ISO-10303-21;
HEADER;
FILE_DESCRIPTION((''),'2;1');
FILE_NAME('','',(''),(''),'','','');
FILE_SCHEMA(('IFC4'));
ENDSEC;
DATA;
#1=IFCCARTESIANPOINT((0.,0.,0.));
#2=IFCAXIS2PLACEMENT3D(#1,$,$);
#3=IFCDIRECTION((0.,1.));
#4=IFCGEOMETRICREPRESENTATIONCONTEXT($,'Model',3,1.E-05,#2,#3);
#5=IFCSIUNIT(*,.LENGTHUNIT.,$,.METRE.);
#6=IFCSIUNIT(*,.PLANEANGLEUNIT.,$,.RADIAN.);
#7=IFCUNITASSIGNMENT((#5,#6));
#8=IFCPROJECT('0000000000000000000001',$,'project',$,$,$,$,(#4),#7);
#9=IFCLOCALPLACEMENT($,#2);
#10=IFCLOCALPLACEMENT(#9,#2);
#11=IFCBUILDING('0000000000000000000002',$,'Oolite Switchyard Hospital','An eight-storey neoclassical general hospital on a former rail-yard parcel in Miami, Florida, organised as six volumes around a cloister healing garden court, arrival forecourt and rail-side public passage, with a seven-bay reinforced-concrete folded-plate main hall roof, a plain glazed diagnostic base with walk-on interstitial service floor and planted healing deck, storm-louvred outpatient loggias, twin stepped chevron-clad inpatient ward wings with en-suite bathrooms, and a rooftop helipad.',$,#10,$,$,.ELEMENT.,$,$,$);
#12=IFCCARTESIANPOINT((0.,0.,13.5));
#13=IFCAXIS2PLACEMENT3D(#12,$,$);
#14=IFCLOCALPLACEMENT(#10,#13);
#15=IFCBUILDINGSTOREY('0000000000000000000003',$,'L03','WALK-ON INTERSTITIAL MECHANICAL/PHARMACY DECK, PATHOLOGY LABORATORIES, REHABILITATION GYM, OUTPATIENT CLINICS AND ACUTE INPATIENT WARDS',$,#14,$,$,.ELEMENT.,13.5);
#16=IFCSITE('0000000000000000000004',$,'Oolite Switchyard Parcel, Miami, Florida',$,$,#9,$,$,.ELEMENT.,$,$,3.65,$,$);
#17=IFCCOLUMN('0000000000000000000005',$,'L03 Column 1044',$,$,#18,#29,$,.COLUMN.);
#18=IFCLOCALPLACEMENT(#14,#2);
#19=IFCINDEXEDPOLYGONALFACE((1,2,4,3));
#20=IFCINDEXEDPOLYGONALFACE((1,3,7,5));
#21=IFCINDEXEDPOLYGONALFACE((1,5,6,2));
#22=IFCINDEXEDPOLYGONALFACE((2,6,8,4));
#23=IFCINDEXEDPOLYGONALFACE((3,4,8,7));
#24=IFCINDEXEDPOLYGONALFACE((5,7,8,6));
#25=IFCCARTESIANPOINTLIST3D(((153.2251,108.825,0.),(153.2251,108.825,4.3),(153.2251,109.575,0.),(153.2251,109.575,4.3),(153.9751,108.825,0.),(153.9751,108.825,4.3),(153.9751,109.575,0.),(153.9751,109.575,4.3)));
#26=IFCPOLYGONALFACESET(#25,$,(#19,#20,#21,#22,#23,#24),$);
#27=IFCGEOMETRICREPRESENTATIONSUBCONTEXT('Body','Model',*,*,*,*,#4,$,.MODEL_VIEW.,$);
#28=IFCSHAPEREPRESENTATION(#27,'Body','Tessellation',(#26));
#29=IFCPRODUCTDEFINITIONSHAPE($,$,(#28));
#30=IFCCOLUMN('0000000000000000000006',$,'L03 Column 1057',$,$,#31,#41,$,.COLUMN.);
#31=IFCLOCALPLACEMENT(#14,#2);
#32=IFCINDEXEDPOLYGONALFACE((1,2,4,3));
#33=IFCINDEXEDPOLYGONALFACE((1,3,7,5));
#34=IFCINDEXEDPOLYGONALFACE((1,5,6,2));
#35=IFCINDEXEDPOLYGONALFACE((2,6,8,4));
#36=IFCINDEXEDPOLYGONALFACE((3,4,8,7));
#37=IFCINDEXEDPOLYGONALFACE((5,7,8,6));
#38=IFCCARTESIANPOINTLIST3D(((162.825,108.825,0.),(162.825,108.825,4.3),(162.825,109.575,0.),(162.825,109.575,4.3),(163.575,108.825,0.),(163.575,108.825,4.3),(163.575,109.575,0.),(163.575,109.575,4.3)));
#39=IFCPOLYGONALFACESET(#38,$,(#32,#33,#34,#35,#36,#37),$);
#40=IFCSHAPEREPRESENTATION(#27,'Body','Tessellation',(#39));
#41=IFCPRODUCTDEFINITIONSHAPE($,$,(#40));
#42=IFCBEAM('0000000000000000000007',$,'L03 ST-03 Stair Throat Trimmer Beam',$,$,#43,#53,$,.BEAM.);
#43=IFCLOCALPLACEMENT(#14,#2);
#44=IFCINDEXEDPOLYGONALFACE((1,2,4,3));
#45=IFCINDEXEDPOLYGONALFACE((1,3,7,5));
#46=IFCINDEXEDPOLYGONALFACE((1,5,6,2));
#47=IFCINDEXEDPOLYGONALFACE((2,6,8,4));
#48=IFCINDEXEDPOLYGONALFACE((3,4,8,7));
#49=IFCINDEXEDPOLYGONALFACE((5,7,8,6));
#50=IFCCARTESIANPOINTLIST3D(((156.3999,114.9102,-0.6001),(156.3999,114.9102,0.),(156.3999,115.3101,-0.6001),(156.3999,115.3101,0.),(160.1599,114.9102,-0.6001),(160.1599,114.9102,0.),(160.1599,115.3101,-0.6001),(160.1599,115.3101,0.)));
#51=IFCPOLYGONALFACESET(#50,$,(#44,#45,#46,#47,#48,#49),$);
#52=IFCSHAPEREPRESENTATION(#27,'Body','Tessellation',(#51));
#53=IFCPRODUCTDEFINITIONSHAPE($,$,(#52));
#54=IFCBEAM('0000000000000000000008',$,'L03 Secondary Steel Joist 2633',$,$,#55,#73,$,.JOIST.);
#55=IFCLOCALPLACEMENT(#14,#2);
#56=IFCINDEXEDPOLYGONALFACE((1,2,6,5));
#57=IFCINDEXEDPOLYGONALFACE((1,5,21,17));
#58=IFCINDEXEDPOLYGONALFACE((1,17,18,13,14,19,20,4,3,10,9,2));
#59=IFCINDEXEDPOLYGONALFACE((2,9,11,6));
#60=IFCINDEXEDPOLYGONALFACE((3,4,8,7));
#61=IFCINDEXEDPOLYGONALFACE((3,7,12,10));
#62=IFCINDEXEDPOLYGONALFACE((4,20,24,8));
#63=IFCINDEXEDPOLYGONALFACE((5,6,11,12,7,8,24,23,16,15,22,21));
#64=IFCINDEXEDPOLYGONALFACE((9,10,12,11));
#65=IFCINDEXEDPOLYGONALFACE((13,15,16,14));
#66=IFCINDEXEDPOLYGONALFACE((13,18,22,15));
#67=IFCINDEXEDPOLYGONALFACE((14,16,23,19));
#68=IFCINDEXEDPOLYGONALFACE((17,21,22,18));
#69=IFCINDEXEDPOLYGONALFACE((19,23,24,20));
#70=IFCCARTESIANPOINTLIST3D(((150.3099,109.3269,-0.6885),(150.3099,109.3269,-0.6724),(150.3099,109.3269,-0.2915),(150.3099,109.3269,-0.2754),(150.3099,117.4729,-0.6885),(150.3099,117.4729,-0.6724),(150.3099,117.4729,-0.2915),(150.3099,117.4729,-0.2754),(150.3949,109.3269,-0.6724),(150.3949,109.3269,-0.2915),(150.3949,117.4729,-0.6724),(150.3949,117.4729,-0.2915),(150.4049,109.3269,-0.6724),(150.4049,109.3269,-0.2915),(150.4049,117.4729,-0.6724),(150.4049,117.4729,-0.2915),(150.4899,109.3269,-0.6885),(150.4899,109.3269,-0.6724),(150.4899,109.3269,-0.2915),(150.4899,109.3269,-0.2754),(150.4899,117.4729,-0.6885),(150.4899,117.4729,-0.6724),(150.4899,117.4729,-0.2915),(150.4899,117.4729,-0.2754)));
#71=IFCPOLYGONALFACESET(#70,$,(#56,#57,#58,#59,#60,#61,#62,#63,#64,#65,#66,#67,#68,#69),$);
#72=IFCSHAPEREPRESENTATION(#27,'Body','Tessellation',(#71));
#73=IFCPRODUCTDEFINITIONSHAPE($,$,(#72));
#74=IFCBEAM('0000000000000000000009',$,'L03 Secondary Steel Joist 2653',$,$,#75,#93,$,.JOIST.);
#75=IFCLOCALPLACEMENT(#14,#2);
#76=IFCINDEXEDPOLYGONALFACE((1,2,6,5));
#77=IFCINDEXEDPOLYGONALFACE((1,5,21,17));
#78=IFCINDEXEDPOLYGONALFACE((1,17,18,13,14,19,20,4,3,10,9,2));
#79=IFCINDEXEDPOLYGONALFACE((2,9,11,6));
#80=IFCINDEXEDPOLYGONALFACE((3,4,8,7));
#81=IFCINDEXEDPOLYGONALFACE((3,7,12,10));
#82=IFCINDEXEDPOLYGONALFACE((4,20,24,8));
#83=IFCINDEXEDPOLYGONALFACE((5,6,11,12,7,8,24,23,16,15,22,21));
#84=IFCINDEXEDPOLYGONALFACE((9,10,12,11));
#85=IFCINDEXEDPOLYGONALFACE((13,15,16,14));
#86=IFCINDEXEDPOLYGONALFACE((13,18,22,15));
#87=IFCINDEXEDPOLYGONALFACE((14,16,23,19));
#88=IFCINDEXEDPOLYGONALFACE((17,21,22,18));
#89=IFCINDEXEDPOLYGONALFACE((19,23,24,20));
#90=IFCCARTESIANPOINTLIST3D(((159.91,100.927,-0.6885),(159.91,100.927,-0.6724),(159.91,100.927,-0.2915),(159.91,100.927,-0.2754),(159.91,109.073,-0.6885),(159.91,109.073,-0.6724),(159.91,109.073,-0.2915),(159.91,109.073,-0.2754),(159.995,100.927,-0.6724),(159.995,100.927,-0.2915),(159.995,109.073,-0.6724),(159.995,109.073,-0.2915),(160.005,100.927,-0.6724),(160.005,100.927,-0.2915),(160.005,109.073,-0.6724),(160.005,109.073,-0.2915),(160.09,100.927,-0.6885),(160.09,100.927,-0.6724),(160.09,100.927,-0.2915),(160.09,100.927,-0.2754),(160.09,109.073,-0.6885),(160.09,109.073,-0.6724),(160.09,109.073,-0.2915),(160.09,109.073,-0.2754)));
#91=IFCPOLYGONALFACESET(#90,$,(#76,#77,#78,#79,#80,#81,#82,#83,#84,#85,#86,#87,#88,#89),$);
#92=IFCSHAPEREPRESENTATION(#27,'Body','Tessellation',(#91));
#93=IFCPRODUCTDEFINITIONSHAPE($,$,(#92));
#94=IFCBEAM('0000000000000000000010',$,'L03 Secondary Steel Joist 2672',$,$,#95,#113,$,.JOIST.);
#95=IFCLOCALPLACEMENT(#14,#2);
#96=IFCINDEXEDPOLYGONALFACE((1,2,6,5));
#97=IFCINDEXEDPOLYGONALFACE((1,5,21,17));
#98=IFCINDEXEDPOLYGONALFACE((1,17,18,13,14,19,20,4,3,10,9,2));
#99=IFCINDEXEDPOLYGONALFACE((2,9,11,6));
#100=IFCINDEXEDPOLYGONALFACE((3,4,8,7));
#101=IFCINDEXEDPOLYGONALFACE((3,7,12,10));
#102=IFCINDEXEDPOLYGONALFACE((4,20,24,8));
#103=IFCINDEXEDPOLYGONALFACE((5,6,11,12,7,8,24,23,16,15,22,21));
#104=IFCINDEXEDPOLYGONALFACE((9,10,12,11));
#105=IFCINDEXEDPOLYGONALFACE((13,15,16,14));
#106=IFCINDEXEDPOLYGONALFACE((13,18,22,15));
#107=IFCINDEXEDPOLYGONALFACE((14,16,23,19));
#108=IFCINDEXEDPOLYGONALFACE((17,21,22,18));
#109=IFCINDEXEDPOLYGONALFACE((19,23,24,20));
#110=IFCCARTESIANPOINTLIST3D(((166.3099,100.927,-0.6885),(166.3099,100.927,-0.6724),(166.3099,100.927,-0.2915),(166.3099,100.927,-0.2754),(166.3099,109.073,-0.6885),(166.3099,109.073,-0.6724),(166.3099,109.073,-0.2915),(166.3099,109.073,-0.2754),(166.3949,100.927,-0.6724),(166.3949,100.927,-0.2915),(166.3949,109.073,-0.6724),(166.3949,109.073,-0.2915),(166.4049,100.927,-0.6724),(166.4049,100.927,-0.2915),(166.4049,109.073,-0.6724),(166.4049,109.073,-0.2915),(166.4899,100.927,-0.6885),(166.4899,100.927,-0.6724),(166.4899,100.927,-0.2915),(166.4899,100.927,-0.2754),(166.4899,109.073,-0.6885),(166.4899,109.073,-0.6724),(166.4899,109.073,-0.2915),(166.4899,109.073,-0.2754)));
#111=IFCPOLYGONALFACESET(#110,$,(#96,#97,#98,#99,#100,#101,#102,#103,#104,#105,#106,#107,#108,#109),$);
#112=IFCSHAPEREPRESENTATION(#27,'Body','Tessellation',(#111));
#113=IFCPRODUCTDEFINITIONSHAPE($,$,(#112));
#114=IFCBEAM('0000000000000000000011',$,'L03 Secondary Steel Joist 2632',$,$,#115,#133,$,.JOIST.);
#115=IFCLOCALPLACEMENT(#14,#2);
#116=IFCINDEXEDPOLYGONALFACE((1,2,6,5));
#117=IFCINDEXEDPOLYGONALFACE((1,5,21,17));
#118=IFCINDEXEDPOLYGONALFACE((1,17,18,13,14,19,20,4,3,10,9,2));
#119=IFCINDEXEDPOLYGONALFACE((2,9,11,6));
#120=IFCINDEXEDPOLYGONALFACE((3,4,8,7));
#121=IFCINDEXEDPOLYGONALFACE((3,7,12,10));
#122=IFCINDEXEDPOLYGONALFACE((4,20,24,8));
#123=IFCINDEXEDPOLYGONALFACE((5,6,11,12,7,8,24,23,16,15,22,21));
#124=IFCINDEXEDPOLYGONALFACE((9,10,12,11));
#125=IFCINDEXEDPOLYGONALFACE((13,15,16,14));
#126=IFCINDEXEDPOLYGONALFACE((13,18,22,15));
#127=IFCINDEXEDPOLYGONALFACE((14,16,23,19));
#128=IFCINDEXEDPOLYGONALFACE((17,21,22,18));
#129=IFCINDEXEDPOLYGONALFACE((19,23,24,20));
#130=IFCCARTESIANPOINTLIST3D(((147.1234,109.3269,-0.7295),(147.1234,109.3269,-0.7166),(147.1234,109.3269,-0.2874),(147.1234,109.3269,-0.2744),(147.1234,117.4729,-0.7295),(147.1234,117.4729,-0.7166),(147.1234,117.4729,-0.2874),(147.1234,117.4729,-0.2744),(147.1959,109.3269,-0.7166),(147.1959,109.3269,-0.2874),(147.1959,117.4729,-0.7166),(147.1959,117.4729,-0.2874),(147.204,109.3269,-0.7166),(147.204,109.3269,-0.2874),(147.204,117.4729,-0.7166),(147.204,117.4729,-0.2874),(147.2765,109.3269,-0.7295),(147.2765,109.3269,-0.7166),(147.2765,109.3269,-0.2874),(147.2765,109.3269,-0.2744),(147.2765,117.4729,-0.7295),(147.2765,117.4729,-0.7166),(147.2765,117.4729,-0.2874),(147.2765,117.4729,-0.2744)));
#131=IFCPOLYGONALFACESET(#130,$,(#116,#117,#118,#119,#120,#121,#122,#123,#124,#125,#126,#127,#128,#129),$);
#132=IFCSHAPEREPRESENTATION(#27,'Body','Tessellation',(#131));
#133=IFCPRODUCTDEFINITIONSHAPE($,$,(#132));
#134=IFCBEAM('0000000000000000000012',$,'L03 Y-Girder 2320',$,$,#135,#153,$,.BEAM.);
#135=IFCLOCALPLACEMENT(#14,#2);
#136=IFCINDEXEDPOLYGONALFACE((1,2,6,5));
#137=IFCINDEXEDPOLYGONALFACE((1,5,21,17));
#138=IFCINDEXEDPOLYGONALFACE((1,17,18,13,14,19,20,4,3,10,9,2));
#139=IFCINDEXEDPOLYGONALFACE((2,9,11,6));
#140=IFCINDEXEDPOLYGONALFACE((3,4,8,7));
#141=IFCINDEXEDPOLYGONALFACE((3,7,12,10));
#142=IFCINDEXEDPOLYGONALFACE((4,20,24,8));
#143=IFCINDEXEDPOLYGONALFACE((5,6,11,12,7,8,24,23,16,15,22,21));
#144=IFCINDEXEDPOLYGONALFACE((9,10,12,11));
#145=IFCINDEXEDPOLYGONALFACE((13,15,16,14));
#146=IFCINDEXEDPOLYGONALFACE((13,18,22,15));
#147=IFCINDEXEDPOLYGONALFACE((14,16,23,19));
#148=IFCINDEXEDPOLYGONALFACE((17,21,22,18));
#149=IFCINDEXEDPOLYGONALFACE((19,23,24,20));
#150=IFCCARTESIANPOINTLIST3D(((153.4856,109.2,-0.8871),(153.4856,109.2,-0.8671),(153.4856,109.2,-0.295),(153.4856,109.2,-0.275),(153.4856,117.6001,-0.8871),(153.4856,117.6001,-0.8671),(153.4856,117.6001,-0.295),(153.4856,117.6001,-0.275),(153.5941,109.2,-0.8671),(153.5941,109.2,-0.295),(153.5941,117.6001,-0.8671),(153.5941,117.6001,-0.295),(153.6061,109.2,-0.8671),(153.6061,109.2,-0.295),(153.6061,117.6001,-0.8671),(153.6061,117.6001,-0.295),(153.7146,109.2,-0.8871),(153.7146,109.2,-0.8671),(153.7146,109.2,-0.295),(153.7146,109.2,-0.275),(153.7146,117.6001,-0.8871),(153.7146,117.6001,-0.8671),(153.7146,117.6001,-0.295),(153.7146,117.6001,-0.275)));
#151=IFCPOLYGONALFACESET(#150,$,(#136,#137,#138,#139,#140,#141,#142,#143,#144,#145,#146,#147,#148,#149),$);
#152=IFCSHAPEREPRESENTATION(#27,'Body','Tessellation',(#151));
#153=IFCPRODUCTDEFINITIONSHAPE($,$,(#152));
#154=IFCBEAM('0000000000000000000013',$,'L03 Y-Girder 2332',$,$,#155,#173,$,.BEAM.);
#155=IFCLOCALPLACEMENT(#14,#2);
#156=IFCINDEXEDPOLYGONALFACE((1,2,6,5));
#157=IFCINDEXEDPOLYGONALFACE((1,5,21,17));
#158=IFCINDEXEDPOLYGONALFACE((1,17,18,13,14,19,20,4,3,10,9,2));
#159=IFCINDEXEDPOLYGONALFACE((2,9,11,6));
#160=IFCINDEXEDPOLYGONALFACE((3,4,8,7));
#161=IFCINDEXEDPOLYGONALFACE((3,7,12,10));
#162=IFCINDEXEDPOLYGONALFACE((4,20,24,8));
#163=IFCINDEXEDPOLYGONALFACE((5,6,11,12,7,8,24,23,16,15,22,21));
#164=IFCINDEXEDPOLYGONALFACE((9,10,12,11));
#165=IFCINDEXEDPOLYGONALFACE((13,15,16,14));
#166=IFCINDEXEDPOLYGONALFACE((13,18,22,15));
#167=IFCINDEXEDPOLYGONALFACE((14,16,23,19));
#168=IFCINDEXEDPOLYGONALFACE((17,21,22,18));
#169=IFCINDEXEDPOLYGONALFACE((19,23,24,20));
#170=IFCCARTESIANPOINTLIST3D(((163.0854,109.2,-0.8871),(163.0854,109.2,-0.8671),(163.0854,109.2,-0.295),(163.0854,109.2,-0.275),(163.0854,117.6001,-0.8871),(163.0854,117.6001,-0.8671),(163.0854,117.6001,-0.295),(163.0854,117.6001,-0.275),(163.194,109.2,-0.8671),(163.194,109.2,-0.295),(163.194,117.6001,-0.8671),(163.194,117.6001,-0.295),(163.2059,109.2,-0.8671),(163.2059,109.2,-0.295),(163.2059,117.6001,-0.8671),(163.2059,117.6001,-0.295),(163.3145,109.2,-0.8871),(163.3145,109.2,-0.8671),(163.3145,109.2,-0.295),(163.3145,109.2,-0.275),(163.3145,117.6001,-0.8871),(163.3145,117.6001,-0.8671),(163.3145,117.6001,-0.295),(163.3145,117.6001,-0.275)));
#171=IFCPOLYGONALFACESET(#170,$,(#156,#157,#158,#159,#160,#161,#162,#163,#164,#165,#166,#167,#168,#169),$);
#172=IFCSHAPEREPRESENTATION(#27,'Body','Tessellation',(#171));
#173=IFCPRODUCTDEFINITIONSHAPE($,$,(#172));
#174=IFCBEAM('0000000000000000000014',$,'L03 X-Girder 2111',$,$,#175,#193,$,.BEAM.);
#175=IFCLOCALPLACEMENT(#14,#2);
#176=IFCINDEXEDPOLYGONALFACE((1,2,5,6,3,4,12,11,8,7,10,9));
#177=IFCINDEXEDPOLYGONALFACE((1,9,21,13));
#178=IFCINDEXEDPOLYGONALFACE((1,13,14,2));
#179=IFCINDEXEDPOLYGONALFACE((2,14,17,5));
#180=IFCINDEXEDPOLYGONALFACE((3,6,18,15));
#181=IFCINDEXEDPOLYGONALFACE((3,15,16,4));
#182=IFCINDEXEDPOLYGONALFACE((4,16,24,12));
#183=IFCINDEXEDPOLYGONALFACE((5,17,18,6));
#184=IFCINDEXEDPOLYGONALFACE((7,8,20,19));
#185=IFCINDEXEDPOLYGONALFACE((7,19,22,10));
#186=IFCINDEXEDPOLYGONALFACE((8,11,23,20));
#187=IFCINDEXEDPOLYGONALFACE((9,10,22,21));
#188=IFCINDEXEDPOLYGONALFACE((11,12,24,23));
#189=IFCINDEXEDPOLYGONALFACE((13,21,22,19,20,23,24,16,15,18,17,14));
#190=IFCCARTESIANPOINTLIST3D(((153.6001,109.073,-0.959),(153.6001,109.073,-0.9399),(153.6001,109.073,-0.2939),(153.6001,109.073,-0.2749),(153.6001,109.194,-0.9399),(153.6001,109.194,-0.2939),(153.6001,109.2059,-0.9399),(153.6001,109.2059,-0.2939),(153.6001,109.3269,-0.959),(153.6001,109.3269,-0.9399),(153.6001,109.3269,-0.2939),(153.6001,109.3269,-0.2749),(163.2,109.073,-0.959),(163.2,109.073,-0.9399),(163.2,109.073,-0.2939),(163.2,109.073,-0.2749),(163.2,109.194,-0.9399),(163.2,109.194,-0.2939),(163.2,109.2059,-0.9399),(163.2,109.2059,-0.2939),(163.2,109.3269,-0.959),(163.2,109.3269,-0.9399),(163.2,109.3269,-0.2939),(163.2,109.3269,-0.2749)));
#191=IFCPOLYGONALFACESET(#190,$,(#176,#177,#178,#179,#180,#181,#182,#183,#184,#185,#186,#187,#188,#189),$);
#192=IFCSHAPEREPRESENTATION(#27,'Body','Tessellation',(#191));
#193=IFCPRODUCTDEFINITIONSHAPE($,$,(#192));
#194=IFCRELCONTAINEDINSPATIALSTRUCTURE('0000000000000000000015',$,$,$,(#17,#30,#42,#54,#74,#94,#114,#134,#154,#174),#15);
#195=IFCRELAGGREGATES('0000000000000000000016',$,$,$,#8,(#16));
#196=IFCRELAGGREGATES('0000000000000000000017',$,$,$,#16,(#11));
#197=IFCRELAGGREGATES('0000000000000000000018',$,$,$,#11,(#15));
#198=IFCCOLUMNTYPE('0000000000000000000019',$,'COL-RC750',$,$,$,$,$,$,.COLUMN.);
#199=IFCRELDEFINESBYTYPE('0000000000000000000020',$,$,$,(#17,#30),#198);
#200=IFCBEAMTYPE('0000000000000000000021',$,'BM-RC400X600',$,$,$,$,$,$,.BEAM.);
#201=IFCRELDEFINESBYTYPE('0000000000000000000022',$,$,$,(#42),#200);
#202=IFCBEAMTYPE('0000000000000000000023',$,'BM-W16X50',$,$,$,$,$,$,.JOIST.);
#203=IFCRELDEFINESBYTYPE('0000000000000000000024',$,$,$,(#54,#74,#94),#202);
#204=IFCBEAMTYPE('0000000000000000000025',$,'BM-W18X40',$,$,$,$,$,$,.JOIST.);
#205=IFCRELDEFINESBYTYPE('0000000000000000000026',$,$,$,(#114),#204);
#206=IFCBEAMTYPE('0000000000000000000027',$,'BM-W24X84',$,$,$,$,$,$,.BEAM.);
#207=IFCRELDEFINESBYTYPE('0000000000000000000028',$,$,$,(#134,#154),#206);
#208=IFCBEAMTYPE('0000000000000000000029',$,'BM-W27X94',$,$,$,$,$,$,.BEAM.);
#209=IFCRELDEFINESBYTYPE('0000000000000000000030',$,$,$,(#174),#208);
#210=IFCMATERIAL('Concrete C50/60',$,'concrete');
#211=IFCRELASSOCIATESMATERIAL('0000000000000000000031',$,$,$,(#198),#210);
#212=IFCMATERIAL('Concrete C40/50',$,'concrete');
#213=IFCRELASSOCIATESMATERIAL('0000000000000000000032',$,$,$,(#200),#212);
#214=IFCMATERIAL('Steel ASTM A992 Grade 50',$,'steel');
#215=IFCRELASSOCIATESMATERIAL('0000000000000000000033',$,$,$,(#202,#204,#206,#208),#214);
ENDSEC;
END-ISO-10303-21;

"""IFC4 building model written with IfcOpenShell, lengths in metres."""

from ifc_helpers import new_model, si_unit, direction, frame, origin, origin_2d, place, context, subcontext, project, spatial, rectangle, i_section, extrude, material, material_profile, profile_set, type_object, element, save


model = new_model("IFC4")

# Units and contexts
model_context = context("Model", 3, precision=1e-05, world=origin(), true_north=direction((0.0, 1.0)))
body_context = subcontext(model_context, "Body", "Model", "MODEL_VIEW")
ifc_project = project(units=[si_unit("LENGTHUNIT", "METRE"), si_unit("PLANEANGLEUNIT", "RADIAN")], contexts=[model_context])

# Site, building, storey
site_placement = place(None, origin())
site = spatial("IfcSite", under=ifc_project, at=site_placement, Name="Oolite Switchyard Parcel, Miami, Florida", CompositionType="ELEMENT", RefElevation=3.65)
building_placement = place(site_placement, origin())
building = spatial("IfcBuilding", under=site, at=building_placement, Name="Oolite Switchyard Hospital", Description="An eight-storey neoclassical general hospital on a former rail-yard parcel in Miami, Florida, organised as six volumes around a cloister healing garden court, arrival forecourt and rail-side public passage, with a seven-bay reinforced-concrete folded-plate main hall roof, a plain glazed diagnostic base with walk-on interstitial service floor and planted healing deck, storm-louvred outpatient loggias, twin stepped chevron-clad inpatient ward wings with en-suite bathrooms, and a rooftop helipad.", CompositionType="ELEMENT")
storey_placement = place(building_placement, frame((0.0, 0.0, 13.5)))
storey = spatial("IfcBuildingStorey", under=building, at=storey_placement, Name="L03", Description="WALK-ON INTERSTITIAL MECHANICAL/PHARMACY DECK, PATHOLOGY LABORATORIES, REHABILITATION GYM, OUTPATIENT CLINICS AND ACUTE INPATIENT WARDS", CompositionType="ELEMENT", Elevation=13.5)

# Columns
ifc_material_1 = material(Name="Concrete C50/60", Category="concrete")
ifc_material_profile_1 = material_profile(ifc_material_1, rectangle(XDim=0.75, YDim=0.75, at=origin_2d()), Name="RC750X750")
ifc_profile_set_1 = profile_set([ifc_material_profile_1], Name="Concrete C50/60")
column_type = type_object("IfcColumnType", Name="COL-RC750", PredefinedType="COLUMN", material=ifc_profile_set_1)
for number, where, z_axis, x_axis, name in (
    (1, (153.6001, 109.2, 0.0), (0.0, 0.0, 1.0), (1.0, 0.0, 0.0), "L03 Column 1044"),
    (2, (163.2, 109.2, 0.0), (0.0, 0.0, 1.0), (1.0, 0.0, 0.0), "L03 Column 1057"),
):
    element("IfcColumn", number, at=place(storey_placement, frame(where, z_axis=z_axis, x_axis=x_axis)), inside=storey, type_object=column_type, Name=name, PredefinedType="COLUMN", context=body_context, shape_type="SweptSolid", body=[
        extrude(rectangle(XDim=0.75, YDim=0.75, at=origin_2d()), origin(), (0.0, 0.0, 1.0), 4.3),
    ])

# Beams
ifc_material_2 = material(Name="Concrete C40/50", Category="concrete")
ifc_material_profile_2 = material_profile(ifc_material_2, rectangle(XDim=0.3999, YDim=0.6001, at=origin_2d()), Name="RCB400X600")
ifc_profile_set_2 = profile_set([ifc_material_profile_2], Name="Concrete C40/50")
beam_type_1 = type_object("IfcBeamType", Name="BM-RC400X600", PredefinedType="BEAM", material=ifc_profile_set_2)
beam_1_placement = place(storey_placement, frame((156.3999, 115.1101, -0.3), z_axis=(1.0, 0.0, 0.0), x_axis=(0.0, 1.0, 0.0)))
element("IfcBeam", 3, at=beam_1_placement, inside=storey, type_object=beam_type_1, Name="L03 ST-03 Stair Throat Trimmer Beam", PredefinedType="BEAM", context=body_context, shape_type="SweptSolid", body=[
    extrude(rectangle(XDim=0.3999, YDim=0.6001, at=origin_2d()), origin(), (0.0, 0.0, 1.0), 3.76),
])
ifc_material_3 = material(Name="Steel ASTM A992 Grade 50", Category="steel")
ifc_material_profile_3 = material_profile(ifc_material_3, i_section(OverallWidth=0.1799, OverallDepth=0.4131, WebThickness=0.01, FlangeThickness=0.0161, at=origin_2d()), Name="W16X50")
ifc_profile_set_3 = profile_set([ifc_material_profile_3], Name="Steel ASTM A992 Grade 50")
beam_type_2 = type_object("IfcBeamType", Name="BM-W16X50", PredefinedType="JOIST", material=ifc_profile_set_3)
for number, where, z_axis, x_axis, name in (
    (4, (150.3999, 109.3269, -0.4819), (0.0, 1.0, 0.0), (-1.0, 0.0, 0.0), "L03 Secondary Steel Joist 2633"),
    (5, (160.0, 100.927, -0.4819), (0.0, 1.0, 0.0), (-1.0, 0.0, 0.0), "L03 Secondary Steel Joist 2653"),
    (6, (166.3999, 100.927, -0.4819), (0.0, 1.0, 0.0), (-1.0, 0.0, 0.0), "L03 Secondary Steel Joist 2672"),
):
    element("IfcBeam", number, at=place(storey_placement, frame(where, z_axis=z_axis, x_axis=x_axis)), inside=storey, type_object=beam_type_2, Name=name, PredefinedType="JOIST", context=body_context, shape_type="SweptSolid", body=[
        extrude(i_section(OverallWidth=0.1799, OverallDepth=0.4131, WebThickness=0.01, FlangeThickness=0.0161, at=origin_2d()), origin(), (0.0, 0.0, 1.0), 8.146),
    ])
ifc_material_profile_4 = material_profile(ifc_material_3, i_section(OverallWidth=0.1531, OverallDepth=0.4551, WebThickness=0.0081, FlangeThickness=0.0129, at=origin_2d()), Name="W18X40")
ifc_profile_set_4 = profile_set([ifc_material_profile_4], Name="Steel ASTM A992 Grade 50")
beam_type_3 = type_object("IfcBeamType", Name="BM-W18X40", PredefinedType="JOIST", material=ifc_profile_set_4)
beam_2_placement = place(storey_placement, frame((147.2, 109.3269, -0.502), z_axis=(0.0, 1.0, 0.0), x_axis=(-1.0, 0.0, 0.0)))
element("IfcBeam", 7, at=beam_2_placement, inside=storey, type_object=beam_type_3, Name="L03 Secondary Steel Joist 2632", PredefinedType="JOIST", context=body_context, shape_type="SweptSolid", body=[
    extrude(i_section(OverallWidth=0.1531, OverallDepth=0.4551, WebThickness=0.0081, FlangeThickness=0.0129, at=origin_2d()), origin(), (0.0, 0.0, 1.0), 8.146),
])
ifc_material_profile_5 = material_profile(ifc_material_3, i_section(OverallWidth=0.229, OverallDepth=0.6121, WebThickness=0.012, FlangeThickness=0.02, at=origin_2d()), Name="W24X84")
ifc_profile_set_5 = profile_set([ifc_material_profile_5], Name="Steel ASTM A992 Grade 50")
beam_type_4 = type_object("IfcBeamType", Name="BM-W24X84", PredefinedType="BEAM", material=ifc_profile_set_5)
for number, where, z_axis, x_axis, name in (
    (8, (153.6001, 109.2, -0.5811), (0.0, 1.0, 0.0), (-1.0, 0.0, 0.0), "L03 Y-Girder 2320"),
    (9, (163.2, 109.2, -0.5811), (0.0, 1.0, 0.0), (-1.0, 0.0, 0.0), "L03 Y-Girder 2332"),
):
    element("IfcBeam", number, at=place(storey_placement, frame(where, z_axis=z_axis, x_axis=x_axis)), inside=storey, type_object=beam_type_4, Name=name, PredefinedType="BEAM", context=body_context, shape_type="SweptSolid", body=[
        extrude(i_section(OverallWidth=0.229, OverallDepth=0.6121, WebThickness=0.012, FlangeThickness=0.02, at=origin_2d()), origin(), (0.0, 0.0, 1.0), 8.4001),
    ])
ifc_material_profile_6 = material_profile(ifc_material_3, i_section(OverallWidth=0.2539, OverallDepth=0.6841, WebThickness=0.012, FlangeThickness=0.019, at=origin_2d()), Name="W27X94")
ifc_profile_set_6 = profile_set([ifc_material_profile_6], Name="Steel ASTM A992 Grade 50")
beam_type_5 = type_object("IfcBeamType", Name="BM-W27X94", PredefinedType="BEAM", material=ifc_profile_set_6)
beam_3_placement = place(storey_placement, frame((153.6001, 109.2, -0.6169), z_axis=(1.0, 0.0, 0.0), x_axis=(0.0, 1.0, 0.0)))
element("IfcBeam", 10, at=beam_3_placement, inside=storey, type_object=beam_type_5, Name="L03 X-Girder 2111", PredefinedType="BEAM", context=body_context, shape_type="SweptSolid", body=[
    extrude(i_section(OverallWidth=0.2539, OverallDepth=0.6841, WebThickness=0.012, FlangeThickness=0.019, at=origin_2d()), origin(), (0.0, 0.0, 1.0), 9.5999),
])

save(model, "model.ifc")
